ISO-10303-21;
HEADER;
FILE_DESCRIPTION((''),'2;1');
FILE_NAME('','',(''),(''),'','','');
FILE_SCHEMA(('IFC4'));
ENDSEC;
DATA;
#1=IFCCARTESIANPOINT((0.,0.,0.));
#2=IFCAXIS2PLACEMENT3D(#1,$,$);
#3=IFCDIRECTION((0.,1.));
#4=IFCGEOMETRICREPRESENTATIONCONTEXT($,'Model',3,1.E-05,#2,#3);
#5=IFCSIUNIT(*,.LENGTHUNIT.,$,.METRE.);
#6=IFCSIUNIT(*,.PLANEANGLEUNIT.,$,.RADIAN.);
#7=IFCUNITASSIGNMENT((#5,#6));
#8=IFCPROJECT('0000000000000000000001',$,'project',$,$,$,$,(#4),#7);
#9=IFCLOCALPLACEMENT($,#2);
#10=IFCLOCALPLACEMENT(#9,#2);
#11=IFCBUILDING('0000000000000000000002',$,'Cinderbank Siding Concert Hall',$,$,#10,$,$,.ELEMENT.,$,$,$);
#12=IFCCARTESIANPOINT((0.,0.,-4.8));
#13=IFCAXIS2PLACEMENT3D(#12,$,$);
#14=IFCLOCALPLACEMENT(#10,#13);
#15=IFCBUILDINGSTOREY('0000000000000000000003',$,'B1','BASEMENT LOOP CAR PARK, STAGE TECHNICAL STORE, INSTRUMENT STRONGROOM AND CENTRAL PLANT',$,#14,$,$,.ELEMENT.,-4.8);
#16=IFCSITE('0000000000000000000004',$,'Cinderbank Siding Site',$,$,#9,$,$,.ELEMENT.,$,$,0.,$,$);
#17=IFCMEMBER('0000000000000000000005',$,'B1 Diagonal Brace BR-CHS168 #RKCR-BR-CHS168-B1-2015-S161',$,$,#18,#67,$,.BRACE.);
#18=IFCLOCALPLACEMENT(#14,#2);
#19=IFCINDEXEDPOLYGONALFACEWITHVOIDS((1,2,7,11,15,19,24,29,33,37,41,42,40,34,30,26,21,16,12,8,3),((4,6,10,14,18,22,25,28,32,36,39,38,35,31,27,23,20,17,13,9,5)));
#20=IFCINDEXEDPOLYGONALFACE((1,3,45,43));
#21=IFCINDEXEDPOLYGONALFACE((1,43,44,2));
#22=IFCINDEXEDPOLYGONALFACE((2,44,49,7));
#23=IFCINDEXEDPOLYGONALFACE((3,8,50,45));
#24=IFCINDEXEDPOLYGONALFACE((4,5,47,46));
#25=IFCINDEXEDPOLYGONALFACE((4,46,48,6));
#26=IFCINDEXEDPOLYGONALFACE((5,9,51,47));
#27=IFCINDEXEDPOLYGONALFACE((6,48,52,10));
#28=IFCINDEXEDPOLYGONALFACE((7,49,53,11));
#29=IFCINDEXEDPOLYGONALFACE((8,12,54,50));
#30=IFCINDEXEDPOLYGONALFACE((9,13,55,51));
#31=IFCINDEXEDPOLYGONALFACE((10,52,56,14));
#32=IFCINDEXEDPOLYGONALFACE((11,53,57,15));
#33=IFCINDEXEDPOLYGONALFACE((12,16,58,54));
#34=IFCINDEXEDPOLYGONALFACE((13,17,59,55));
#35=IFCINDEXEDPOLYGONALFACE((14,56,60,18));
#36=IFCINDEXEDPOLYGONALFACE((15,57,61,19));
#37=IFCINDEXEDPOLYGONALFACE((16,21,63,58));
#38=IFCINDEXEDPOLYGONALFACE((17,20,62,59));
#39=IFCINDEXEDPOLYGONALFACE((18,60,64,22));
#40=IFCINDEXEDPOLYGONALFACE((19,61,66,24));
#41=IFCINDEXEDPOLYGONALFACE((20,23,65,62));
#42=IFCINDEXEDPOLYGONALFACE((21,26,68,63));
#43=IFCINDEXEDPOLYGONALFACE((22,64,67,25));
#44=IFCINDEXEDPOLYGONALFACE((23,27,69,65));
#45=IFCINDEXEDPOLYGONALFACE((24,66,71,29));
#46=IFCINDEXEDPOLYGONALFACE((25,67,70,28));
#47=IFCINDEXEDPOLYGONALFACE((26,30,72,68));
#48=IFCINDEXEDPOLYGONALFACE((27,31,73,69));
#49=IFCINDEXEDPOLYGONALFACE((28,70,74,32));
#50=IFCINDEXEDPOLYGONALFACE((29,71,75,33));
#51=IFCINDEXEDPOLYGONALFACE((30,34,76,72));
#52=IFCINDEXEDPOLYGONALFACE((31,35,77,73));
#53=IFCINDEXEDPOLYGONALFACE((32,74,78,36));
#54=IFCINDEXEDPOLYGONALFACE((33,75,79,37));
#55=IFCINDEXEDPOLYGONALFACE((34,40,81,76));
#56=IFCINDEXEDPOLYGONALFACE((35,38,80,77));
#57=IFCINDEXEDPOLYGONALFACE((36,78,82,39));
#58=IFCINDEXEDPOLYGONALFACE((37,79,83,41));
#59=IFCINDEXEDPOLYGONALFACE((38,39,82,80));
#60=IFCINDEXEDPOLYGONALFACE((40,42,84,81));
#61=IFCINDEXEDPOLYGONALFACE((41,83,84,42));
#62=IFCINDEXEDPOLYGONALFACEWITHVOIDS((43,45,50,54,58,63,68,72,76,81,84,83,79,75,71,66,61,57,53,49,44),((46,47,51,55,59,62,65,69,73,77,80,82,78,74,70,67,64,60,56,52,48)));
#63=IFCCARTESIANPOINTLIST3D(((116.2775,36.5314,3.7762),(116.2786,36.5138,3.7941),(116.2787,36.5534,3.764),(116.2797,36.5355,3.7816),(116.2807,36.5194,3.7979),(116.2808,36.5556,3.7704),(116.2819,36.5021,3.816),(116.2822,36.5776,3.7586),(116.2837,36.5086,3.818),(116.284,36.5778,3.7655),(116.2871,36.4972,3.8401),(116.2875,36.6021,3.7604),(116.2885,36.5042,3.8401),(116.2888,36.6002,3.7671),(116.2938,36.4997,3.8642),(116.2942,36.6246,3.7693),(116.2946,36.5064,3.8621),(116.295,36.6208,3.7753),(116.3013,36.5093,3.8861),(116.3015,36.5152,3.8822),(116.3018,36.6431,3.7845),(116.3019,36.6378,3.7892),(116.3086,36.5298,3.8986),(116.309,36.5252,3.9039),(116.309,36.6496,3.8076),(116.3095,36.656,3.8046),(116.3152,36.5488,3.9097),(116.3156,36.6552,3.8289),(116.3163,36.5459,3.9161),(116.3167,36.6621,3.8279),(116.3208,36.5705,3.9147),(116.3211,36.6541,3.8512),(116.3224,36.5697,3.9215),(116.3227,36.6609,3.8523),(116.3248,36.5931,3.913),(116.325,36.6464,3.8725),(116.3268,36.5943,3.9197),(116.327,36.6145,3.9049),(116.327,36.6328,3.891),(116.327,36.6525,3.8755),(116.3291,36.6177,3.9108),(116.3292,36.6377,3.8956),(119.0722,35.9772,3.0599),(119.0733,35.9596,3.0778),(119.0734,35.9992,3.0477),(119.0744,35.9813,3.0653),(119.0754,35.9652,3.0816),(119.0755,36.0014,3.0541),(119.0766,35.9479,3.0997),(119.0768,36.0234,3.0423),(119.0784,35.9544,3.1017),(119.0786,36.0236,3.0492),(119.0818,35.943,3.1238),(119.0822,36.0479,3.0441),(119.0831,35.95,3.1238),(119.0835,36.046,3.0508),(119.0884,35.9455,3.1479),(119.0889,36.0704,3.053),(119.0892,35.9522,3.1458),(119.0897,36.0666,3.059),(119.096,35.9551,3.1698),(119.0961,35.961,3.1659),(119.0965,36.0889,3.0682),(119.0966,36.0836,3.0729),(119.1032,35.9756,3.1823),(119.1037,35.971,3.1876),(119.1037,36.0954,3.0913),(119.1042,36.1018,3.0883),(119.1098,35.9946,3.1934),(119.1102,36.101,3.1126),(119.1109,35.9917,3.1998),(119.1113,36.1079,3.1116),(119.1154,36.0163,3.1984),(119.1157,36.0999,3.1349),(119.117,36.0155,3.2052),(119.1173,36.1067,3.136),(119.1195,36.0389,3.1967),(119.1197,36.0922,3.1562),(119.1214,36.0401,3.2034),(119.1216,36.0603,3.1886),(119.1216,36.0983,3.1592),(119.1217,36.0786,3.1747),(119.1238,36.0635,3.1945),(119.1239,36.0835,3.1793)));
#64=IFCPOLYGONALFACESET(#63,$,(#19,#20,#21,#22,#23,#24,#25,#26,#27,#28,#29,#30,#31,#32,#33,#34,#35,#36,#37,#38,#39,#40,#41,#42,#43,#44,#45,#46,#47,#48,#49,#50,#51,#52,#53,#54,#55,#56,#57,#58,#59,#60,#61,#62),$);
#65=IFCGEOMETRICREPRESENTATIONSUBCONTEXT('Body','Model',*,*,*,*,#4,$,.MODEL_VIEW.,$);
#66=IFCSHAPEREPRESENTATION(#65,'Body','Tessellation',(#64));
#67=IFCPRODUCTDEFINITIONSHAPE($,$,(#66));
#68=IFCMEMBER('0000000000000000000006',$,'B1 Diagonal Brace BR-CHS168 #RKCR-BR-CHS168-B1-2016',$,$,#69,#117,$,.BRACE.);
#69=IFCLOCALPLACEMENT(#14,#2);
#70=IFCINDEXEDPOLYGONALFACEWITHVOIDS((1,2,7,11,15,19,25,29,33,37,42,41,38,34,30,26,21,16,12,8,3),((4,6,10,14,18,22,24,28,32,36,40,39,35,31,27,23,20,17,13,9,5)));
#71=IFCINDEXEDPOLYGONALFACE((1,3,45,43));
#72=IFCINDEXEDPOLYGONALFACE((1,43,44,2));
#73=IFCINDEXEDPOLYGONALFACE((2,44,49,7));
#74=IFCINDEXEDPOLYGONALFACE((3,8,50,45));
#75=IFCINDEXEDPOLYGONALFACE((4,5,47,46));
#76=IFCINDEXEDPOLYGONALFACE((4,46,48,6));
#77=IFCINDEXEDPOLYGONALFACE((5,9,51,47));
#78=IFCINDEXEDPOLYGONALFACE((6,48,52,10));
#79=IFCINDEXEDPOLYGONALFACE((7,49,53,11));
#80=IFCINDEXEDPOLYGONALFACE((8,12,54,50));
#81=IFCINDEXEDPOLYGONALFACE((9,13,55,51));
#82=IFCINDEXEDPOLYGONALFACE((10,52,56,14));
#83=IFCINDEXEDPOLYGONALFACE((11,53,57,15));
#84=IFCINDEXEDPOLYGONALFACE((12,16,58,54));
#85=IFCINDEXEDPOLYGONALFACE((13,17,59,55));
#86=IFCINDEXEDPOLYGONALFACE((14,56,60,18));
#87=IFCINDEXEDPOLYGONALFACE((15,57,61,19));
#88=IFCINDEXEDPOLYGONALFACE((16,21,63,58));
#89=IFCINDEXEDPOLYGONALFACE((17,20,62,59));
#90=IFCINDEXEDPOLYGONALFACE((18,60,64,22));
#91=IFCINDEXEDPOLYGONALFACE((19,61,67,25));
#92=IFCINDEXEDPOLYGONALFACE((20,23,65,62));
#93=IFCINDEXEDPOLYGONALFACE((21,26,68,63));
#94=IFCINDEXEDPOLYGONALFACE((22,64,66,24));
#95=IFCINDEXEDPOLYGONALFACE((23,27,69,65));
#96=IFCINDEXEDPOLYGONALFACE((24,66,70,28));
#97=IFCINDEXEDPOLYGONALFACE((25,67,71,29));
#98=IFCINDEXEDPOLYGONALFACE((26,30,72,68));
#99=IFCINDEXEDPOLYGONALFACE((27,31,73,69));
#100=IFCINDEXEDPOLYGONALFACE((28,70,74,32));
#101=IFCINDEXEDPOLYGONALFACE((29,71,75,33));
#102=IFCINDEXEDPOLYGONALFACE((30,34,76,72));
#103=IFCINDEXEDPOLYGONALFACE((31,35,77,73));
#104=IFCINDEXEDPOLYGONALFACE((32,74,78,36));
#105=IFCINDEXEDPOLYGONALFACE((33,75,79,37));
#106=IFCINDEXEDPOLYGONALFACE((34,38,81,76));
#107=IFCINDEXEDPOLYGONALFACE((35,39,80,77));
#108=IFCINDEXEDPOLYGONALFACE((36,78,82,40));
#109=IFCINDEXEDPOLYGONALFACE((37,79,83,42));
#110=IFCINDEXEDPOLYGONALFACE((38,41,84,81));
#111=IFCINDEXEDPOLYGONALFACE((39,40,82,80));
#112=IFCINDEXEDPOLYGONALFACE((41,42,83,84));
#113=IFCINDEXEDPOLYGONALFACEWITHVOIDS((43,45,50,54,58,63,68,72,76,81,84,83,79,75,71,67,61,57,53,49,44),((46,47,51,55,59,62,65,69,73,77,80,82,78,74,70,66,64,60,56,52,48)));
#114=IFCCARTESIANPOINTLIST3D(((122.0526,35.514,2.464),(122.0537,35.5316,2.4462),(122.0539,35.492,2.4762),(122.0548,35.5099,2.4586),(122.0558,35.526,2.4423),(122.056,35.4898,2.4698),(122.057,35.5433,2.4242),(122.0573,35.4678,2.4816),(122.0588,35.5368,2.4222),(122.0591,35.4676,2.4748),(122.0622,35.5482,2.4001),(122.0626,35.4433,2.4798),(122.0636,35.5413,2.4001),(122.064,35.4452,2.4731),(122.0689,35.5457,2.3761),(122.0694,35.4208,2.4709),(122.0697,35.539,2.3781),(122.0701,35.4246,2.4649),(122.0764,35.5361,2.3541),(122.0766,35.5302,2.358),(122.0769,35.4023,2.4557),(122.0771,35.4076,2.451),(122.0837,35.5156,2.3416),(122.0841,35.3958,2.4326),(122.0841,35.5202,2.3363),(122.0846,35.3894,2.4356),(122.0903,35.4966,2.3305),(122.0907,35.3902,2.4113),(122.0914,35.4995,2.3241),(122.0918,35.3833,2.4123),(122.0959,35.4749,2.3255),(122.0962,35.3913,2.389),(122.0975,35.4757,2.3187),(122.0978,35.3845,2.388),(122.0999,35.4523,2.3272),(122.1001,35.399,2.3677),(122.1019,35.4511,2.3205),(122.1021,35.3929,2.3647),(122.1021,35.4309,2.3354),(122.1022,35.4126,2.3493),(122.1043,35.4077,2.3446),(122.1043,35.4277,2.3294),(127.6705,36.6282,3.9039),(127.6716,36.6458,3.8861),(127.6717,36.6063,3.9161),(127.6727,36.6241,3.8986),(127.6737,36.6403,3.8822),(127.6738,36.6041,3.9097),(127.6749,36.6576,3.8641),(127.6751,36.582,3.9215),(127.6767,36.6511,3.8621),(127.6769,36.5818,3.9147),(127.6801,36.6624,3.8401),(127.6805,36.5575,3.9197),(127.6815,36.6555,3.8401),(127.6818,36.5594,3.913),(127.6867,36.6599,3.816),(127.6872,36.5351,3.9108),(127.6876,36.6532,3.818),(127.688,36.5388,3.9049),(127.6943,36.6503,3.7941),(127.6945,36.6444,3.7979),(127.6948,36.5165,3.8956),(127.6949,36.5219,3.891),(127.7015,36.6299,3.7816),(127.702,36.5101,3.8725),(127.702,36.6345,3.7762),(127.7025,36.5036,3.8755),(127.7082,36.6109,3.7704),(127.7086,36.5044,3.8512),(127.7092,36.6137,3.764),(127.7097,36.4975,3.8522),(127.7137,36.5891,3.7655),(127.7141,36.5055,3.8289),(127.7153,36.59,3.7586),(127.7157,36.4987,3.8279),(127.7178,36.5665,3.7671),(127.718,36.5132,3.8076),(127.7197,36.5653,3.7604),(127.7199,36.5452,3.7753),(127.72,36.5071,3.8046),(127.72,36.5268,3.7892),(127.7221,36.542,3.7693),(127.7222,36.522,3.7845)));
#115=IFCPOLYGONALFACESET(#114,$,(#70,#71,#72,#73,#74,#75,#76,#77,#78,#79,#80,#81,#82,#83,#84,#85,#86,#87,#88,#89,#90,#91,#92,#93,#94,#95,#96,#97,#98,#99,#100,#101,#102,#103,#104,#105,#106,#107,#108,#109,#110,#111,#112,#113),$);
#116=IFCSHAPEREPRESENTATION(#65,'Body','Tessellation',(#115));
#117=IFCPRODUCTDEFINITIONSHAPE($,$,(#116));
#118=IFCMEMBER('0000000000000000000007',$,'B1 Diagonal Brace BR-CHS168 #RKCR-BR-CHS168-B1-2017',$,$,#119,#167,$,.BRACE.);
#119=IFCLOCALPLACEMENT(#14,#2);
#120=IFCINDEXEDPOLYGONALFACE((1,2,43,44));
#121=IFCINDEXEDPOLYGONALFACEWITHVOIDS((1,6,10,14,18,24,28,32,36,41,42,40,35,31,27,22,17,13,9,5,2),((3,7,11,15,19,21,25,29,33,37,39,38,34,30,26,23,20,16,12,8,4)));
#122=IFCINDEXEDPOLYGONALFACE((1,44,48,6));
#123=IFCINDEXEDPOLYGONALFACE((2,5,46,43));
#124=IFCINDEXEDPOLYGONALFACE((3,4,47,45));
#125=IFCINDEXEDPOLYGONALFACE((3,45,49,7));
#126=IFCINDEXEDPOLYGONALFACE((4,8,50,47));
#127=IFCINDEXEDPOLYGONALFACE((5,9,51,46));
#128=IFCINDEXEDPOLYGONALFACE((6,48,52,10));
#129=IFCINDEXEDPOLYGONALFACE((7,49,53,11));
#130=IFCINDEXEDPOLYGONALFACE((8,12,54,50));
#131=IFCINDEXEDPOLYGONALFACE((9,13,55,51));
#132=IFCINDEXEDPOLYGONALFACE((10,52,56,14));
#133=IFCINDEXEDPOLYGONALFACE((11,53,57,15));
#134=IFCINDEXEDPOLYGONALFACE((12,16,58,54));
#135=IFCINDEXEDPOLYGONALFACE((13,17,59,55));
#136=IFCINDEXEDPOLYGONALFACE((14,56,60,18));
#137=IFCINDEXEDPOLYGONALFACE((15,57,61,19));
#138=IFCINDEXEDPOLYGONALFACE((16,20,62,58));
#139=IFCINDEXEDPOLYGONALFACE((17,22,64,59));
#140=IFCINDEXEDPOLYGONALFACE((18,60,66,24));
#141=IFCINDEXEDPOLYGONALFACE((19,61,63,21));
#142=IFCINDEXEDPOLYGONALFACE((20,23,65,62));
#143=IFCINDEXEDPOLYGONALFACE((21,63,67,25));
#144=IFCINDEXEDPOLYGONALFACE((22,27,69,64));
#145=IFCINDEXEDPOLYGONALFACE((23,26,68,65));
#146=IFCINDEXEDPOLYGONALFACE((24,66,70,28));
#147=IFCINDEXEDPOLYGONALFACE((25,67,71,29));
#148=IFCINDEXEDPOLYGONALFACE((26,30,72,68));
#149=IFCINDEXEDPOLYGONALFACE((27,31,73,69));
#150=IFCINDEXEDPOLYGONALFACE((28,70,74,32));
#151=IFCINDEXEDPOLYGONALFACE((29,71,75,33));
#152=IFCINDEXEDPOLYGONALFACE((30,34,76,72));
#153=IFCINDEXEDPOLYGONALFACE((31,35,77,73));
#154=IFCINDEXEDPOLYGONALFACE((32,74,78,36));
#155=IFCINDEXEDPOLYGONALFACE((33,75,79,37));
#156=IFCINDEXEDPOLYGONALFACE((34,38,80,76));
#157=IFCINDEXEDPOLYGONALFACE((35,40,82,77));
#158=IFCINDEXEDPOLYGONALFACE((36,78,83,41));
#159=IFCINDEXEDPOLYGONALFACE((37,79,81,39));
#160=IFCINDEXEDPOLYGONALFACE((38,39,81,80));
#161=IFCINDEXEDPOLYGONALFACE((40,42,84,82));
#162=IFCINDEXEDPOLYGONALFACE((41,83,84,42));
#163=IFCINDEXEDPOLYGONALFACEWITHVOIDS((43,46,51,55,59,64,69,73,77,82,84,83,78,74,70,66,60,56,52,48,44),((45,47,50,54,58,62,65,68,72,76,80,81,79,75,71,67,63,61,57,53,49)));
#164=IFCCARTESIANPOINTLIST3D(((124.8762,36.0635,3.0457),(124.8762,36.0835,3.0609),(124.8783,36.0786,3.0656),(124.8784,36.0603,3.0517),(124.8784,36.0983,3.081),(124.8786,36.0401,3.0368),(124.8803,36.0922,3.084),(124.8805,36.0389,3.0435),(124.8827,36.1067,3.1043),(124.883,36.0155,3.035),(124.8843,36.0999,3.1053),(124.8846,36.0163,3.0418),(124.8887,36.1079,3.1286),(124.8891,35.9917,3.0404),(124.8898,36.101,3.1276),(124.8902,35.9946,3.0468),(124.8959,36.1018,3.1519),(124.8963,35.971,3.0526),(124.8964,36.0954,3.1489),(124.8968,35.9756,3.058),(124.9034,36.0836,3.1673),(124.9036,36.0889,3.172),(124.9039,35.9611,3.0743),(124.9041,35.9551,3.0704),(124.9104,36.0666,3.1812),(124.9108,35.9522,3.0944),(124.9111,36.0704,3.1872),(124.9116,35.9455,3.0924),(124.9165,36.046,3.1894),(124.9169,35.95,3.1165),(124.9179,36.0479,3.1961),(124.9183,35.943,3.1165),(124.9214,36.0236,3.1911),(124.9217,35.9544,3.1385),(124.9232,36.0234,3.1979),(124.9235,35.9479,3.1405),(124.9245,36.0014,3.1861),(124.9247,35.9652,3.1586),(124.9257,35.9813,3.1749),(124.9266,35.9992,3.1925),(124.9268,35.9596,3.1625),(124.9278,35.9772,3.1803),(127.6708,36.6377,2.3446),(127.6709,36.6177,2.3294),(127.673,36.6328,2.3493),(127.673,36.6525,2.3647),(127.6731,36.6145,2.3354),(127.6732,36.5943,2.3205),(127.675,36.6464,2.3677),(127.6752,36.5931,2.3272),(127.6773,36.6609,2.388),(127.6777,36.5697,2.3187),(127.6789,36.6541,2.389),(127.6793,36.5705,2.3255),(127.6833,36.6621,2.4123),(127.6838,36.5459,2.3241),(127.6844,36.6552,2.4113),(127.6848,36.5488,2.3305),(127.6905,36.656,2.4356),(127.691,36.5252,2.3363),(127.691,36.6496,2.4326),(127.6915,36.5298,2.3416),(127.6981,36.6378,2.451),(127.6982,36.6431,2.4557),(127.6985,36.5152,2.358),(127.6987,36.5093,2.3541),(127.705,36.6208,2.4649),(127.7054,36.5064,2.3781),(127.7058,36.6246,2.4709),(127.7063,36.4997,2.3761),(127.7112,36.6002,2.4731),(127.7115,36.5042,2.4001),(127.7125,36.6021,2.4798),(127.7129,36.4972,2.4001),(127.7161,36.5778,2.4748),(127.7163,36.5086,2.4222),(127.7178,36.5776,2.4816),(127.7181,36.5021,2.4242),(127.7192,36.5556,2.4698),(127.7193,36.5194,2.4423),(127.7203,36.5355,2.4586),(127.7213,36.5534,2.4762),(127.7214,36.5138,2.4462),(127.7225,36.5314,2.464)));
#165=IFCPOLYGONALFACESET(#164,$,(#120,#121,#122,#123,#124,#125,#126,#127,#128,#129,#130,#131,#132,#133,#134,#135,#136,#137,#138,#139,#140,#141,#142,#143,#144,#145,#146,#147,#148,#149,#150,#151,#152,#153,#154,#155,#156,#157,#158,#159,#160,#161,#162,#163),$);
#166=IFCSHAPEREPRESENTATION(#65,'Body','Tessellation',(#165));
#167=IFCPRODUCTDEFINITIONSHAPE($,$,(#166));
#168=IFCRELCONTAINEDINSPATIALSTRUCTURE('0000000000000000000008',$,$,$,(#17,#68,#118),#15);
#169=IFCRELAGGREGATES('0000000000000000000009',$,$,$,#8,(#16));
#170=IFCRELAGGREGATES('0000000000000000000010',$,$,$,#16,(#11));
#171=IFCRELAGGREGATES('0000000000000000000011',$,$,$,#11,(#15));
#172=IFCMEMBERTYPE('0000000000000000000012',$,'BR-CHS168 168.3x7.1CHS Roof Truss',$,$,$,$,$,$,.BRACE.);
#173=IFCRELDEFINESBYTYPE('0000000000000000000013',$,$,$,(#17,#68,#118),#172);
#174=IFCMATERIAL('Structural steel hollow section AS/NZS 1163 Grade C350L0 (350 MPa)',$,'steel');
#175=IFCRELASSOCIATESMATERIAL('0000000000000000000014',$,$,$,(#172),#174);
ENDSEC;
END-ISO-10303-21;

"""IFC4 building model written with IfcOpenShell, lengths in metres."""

from ifc_helpers import new_model, si_unit, direction, frame, origin, origin_2d, place, context, subcontext, project, spatial, hollow_circle, extrude, material, material_profile, profile_set, type_object, element, save


model = new_model("IFC4")

# Units and contexts
model_context = context("Model", 3, precision=1e-05, world=origin(), true_north=direction((0.0, 1.0)))
body_context = subcontext(model_context, "Body", "Model", "MODEL_VIEW")
ifc_project = project(units=[si_unit("LENGTHUNIT", "METRE"), si_unit("PLANEANGLEUNIT", "RADIAN")], contexts=[model_context])

# Site, building, storey
site_placement = place(None, origin())
site = spatial("IfcSite", under=ifc_project, at=site_placement, Name="Cinderbank Siding Site", CompositionType="ELEMENT", RefElevation=0.0)
building_placement = place(site_placement, origin())
building = spatial("IfcBuilding", under=site, at=building_placement, Name="Cinderbank Siding Concert Hall", CompositionType="ELEMENT")
storey_placement = place(building_placement, frame((0.0, 0.0, -4.8)))
storey = spatial("IfcBuildingStorey", under=building, at=storey_placement, Name="B1", Description="BASEMENT LOOP CAR PARK, STAGE TECHNICAL STORE, INSTRUMENT STRONGROOM AND CENTRAL PLANT", CompositionType="ELEMENT", Elevation=-4.8)

# Members
ifc_material_1 = material(Name="Structural steel hollow section AS/NZS 1163 Grade C350L0 (350 MPa)", Category="steel")
ifc_material_profile_1 = material_profile(ifc_material_1, hollow_circle(Radius=0.0842, WallThickness=0.0071, at=origin_2d()), Name="168.3x7.1CHS", Category="LoadBearing")
ifc_profile_set_1 = profile_set([ifc_material_profile_1], Name="Structural steel hollow section AS/NZS 1163 Grade C350L0 (350 MPa)")
member_type_1 = type_object("IfcMemberType", Name="BR-CHS168 168.3x7.1CHS Roof Truss", PredefinedType="BRACE", material=ifc_profile_set_1)
for number, where, z_axis, x_axis, name in (
    (1, (119.0981, 36.0256, 3.1238), (-0.951294, 0.188647, 0.243828), (-0.194517, -0.980899, 0.0), "B1 Diagonal Brace BR-CHS168 #RKCR-BR-CHS168-B1-2015-S161"),
):
    element("IfcMember", number, at=place(storey_placement, frame(where, z_axis=z_axis, x_axis=x_axis)), inside=storey, type_object=member_type_1, Name=name, PredefinedType="BRACE", context=body_context, shape_type="SweptSolid", body=[
        extrude(hollow_circle(Radius=0.0842, WallThickness=0.0071, at=origin_2d()), origin(), (0.0, 0.0, 1.0), 2.9377),
    ])
member_1_placement = place(storey_placement, frame((122.0786, 35.4656, 2.4001), z_axis=(0.951288, 0.188678, 0.243827), x_axis=(-0.19455, 0.980893, 0.0)))
element("IfcMember", 2, at=member_1_placement, inside=storey, type_object=member_type_1, Name="B1 Diagonal Brace BR-CHS168 #RKCR-BR-CHS168-B1-2016", PredefinedType="BRACE", context=body_context, shape_type="SweptSolid", body=[
    extrude(hollow_circle(Radius=0.0842, WallThickness=0.0071, at=origin_2d()), origin(), (0.0, 0.0, 1.0), 5.9055),
])
for number, where, z_axis, x_axis, name in (
    (3, (127.6965, 36.5798, 2.4001), (-0.951294, -0.188647, 0.243828), (0.194517, -0.980899, 0.0), "B1 Diagonal Brace BR-CHS168 #RKCR-BR-CHS168-B1-2017"),
):
    element("IfcMember", number, at=place(storey_placement, frame(where, z_axis=z_axis, x_axis=x_axis)), inside=storey, type_object=member_type_1, Name=name, PredefinedType="BRACE", context=body_context, shape_type="SweptSolid", body=[
        extrude(hollow_circle(Radius=0.0842, WallThickness=0.0071, at=origin_2d()), origin(), (0.0, 0.0, 1.0), 2.9377),
    ])

save(model, "model.ifc")
